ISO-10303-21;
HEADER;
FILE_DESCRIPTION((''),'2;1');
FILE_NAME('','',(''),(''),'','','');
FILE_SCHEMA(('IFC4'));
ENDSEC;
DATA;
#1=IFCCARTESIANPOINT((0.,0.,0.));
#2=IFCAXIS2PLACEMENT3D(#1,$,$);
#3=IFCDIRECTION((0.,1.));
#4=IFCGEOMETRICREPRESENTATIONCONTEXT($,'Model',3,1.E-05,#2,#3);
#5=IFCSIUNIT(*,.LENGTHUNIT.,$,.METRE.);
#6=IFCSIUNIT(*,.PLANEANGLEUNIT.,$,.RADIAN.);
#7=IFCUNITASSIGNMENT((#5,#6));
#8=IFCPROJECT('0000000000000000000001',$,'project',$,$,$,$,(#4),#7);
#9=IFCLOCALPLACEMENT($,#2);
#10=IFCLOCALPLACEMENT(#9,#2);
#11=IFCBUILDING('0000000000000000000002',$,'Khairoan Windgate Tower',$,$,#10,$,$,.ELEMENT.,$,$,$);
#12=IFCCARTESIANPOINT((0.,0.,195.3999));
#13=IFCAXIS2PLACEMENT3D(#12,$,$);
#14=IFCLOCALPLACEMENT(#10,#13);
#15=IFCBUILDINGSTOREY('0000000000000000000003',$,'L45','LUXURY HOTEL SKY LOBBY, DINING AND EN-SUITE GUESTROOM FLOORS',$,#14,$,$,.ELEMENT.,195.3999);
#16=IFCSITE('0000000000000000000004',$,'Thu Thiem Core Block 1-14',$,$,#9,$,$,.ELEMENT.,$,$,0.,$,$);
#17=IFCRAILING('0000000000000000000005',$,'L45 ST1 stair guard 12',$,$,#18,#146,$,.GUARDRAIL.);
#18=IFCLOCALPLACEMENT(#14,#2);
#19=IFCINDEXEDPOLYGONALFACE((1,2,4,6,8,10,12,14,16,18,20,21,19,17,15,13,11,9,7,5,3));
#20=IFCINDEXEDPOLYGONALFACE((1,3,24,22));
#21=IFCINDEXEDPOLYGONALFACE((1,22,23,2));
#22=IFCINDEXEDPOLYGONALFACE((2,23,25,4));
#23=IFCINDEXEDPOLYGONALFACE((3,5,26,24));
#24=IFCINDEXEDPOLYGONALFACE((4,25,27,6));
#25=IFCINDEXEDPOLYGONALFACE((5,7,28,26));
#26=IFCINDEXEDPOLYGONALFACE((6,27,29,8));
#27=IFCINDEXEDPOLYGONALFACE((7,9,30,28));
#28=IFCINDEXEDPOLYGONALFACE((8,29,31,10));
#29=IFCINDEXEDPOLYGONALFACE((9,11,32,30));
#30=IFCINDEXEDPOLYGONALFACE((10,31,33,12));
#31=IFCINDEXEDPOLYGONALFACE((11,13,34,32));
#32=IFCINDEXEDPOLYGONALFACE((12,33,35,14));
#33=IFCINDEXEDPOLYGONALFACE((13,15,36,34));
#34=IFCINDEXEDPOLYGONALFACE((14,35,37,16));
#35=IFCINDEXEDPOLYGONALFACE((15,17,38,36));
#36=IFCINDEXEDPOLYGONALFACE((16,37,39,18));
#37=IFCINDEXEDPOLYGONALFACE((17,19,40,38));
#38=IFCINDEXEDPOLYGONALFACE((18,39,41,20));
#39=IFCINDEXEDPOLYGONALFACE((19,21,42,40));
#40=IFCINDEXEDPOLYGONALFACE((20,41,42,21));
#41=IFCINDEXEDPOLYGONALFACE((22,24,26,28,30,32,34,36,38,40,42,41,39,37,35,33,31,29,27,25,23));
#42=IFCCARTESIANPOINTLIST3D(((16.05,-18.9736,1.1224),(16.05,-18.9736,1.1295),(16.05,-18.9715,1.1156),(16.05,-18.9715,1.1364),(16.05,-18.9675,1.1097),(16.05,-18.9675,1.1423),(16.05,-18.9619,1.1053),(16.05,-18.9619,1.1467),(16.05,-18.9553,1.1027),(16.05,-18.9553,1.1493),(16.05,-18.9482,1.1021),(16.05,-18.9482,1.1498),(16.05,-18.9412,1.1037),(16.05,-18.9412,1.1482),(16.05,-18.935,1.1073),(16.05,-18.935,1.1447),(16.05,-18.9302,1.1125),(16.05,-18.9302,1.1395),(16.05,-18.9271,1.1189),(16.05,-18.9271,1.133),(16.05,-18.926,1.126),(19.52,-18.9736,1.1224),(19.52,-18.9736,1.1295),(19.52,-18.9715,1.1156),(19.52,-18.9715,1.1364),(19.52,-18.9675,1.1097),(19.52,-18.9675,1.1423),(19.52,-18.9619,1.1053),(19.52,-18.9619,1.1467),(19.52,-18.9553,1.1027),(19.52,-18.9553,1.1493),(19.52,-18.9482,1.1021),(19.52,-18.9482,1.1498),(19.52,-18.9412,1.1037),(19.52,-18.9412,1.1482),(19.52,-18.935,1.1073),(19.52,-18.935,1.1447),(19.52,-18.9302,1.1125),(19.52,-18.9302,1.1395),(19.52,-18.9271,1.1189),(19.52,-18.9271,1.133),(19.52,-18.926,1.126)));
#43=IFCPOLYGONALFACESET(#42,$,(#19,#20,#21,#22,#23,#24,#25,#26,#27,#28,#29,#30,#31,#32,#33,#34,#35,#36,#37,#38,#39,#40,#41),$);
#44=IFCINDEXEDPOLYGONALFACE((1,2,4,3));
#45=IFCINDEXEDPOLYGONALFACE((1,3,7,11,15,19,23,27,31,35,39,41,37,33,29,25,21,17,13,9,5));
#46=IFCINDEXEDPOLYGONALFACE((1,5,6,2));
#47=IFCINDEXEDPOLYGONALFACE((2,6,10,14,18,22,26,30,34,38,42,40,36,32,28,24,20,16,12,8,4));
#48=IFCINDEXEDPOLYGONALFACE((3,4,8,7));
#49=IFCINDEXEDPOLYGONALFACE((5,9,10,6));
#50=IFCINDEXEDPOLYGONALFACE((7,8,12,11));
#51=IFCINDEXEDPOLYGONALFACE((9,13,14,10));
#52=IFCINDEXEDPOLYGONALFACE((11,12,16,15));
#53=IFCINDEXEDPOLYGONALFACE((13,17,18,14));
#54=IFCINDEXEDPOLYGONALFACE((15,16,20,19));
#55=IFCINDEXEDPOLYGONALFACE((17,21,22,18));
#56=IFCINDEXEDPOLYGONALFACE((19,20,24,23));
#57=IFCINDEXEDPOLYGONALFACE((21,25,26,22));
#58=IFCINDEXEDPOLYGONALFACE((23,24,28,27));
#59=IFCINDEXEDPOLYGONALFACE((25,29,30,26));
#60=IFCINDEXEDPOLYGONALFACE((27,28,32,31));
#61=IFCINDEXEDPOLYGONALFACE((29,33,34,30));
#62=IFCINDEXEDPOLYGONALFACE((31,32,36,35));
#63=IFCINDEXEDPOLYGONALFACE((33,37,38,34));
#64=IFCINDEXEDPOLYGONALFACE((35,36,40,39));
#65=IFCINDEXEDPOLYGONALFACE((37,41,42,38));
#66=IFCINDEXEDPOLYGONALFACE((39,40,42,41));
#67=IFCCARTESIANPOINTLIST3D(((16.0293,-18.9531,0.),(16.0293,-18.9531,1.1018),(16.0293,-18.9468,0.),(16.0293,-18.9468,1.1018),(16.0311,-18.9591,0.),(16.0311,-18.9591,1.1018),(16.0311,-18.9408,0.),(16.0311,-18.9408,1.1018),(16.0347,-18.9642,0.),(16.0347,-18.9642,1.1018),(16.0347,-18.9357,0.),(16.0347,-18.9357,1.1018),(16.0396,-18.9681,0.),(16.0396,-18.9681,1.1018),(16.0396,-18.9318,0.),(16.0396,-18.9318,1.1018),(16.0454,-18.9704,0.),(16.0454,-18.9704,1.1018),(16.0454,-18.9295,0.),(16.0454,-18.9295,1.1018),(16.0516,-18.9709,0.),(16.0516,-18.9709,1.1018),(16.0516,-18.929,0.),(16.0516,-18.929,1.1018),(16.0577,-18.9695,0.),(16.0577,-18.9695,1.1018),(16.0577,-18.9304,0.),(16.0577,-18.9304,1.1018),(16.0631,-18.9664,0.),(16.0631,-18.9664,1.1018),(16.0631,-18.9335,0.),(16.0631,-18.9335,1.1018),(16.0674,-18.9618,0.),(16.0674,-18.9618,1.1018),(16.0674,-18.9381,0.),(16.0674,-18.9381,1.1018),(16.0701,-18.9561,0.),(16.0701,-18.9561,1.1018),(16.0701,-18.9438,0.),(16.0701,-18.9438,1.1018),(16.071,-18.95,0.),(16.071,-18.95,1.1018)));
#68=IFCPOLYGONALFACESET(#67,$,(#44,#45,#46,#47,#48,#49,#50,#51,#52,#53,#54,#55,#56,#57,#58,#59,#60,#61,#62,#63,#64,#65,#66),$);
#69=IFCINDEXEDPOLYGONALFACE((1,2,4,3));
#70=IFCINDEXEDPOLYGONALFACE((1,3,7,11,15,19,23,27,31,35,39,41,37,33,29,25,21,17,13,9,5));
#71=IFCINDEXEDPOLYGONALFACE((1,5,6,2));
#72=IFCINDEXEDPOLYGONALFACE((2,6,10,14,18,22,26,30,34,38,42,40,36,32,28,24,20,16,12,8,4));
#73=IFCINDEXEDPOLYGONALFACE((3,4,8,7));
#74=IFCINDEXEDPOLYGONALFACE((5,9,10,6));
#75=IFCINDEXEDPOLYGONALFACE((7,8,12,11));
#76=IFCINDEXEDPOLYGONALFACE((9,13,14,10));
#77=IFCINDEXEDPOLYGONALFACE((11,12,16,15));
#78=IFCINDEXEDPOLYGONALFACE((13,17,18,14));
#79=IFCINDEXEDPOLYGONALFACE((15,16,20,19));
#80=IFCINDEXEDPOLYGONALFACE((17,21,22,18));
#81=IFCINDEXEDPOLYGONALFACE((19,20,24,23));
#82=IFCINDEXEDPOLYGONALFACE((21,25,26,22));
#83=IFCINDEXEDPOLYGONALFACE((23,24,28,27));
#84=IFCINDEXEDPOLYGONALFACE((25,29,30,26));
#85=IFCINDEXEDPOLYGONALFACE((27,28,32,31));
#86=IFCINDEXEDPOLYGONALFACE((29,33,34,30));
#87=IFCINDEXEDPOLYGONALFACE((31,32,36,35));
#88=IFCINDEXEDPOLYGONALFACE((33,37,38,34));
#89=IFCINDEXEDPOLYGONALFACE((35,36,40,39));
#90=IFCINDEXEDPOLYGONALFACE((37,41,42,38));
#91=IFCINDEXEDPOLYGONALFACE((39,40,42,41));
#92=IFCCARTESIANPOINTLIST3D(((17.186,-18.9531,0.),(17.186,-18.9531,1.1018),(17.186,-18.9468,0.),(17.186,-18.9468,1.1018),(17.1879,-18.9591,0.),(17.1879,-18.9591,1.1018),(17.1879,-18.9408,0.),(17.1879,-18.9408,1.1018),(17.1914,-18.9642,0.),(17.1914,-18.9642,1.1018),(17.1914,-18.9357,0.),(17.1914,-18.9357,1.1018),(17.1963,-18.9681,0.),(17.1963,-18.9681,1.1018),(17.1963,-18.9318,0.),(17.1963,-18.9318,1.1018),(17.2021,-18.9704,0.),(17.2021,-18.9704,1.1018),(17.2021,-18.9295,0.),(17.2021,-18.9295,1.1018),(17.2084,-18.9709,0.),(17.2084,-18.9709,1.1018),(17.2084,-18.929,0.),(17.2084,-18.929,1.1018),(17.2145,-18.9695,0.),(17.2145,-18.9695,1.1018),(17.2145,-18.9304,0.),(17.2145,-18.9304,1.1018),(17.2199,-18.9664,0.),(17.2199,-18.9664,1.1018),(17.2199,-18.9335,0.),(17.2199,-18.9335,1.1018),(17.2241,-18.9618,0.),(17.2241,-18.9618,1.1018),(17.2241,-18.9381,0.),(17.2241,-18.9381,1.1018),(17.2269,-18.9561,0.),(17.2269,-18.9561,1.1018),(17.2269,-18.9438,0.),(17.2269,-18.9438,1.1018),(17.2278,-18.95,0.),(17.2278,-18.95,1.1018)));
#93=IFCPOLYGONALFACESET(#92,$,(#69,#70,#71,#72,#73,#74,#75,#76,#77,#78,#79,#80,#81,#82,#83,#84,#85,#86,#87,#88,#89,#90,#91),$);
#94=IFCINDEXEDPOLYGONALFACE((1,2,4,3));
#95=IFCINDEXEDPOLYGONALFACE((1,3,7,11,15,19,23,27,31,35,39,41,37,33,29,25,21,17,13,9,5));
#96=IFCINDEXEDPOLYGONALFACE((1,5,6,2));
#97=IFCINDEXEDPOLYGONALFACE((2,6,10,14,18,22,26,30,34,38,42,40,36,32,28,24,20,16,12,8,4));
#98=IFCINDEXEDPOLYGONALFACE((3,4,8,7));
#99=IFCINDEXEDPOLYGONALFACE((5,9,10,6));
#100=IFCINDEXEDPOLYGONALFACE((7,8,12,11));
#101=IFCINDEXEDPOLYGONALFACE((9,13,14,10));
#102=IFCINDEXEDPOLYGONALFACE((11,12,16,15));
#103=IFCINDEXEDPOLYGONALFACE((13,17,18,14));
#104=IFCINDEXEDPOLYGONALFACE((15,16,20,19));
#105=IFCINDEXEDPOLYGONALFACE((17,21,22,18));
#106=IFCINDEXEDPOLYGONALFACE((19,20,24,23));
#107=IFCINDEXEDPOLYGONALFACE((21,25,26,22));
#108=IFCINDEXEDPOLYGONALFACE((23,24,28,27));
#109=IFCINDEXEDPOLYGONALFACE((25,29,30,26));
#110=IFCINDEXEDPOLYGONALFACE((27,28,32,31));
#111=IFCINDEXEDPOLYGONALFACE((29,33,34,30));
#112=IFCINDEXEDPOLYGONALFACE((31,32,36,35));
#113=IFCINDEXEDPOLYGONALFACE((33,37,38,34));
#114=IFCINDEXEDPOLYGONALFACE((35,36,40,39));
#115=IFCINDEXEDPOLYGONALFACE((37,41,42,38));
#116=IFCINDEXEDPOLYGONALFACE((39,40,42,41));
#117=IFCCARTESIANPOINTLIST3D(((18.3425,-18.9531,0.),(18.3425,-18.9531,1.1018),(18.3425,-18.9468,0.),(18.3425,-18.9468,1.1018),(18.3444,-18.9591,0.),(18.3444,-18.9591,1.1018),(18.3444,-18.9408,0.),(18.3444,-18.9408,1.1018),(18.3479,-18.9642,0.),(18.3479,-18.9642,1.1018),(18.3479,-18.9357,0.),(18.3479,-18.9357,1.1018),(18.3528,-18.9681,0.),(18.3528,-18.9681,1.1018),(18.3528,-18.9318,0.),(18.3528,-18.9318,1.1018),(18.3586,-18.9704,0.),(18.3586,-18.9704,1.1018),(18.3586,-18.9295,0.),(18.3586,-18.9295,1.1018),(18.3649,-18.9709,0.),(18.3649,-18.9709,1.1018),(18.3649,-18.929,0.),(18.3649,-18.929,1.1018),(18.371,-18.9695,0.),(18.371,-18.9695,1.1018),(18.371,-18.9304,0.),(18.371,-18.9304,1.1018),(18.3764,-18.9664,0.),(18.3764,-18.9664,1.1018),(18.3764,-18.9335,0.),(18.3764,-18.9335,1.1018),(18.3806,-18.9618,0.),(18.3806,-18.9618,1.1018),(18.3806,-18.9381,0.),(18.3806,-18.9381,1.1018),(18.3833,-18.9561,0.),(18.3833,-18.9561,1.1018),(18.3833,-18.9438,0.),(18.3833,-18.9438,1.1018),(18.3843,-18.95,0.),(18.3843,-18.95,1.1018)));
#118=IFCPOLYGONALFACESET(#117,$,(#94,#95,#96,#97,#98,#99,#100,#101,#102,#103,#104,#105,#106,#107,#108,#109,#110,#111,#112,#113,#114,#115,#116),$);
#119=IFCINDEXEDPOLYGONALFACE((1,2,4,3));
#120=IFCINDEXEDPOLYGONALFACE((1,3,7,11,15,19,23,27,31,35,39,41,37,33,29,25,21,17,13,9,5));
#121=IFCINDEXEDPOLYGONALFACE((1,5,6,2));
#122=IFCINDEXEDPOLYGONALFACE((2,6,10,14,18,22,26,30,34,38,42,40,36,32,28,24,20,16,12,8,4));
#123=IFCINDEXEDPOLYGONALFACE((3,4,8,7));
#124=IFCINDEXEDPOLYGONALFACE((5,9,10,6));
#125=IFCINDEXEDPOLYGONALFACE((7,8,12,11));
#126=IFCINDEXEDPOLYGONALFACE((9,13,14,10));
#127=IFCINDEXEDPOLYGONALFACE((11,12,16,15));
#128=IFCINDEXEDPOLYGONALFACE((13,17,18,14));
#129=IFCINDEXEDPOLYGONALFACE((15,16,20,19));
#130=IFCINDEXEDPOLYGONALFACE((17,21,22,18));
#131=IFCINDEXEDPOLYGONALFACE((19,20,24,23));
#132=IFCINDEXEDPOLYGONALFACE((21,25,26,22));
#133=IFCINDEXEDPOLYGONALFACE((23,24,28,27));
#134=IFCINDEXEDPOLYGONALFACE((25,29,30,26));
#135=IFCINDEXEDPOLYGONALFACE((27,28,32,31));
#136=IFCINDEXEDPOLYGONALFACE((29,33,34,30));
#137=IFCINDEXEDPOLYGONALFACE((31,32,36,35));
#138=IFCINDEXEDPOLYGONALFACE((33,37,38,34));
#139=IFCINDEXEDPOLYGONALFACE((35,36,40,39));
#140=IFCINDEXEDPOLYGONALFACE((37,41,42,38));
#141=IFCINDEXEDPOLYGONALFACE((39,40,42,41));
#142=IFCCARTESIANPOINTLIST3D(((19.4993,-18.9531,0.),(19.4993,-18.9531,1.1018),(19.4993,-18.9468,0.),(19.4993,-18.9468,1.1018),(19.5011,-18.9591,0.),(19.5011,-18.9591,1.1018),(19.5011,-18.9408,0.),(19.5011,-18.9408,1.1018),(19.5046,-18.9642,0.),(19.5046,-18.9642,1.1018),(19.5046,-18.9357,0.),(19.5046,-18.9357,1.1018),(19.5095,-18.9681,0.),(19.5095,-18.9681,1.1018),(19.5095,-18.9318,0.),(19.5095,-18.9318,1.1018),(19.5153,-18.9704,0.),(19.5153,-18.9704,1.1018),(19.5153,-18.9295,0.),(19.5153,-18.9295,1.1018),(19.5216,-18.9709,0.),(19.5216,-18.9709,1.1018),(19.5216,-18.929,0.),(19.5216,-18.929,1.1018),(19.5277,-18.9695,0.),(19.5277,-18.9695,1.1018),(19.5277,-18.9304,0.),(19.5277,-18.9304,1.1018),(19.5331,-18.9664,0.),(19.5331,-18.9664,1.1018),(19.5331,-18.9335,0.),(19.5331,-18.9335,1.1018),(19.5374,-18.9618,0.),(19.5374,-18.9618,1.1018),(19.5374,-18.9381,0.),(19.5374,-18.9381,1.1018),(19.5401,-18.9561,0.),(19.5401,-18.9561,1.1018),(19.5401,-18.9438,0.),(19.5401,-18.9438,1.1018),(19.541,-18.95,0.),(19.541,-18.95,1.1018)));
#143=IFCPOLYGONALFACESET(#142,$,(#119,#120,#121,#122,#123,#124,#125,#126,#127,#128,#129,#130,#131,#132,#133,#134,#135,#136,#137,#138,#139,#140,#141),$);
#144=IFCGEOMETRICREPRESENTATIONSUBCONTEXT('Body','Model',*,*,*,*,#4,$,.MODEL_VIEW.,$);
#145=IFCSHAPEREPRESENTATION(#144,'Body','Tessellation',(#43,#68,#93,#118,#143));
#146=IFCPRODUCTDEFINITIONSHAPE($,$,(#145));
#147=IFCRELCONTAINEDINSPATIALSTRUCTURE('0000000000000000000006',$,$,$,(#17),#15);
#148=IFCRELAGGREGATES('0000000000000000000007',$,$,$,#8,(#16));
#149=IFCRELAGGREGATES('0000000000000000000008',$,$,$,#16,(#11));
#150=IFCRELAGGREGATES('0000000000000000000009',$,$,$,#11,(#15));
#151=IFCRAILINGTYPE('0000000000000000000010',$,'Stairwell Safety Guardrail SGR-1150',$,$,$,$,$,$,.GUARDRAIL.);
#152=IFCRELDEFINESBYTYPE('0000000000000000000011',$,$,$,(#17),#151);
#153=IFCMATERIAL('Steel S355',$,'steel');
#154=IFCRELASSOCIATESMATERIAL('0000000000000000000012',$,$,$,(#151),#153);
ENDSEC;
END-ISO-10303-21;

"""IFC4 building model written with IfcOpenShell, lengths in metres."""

from ifc_helpers import new_model, si_unit, direction, frame, origin, origin_2d, place, context, subcontext, project, spatial, circle, extrude, material, type_object, element, save


model = new_model("IFC4")

# Units and contexts
model_context = context("Model", 3, precision=1e-05, world=origin(), true_north=direction((0.0, 1.0)))
body_context = subcontext(model_context, "Body", "Model", "MODEL_VIEW")
ifc_project = project(units=[si_unit("LENGTHUNIT", "METRE"), si_unit("PLANEANGLEUNIT", "RADIAN")], contexts=[model_context])

# Site, building, storey
site_placement = place(None, origin())
site = spatial("IfcSite", under=ifc_project, at=site_placement, Name="Thu Thiem Core Block 1-14", CompositionType="ELEMENT", RefElevation=0.0)
building_placement = place(site_placement, origin())
building = spatial("IfcBuilding", under=site, at=building_placement, Name="Khairoan Windgate Tower", CompositionType="ELEMENT")
storey_placement = place(building_placement, frame((0.0, 0.0, 195.3999)))
storey = spatial("IfcBuildingStorey", under=building, at=storey_placement, Name="L45", Description="LUXURY HOTEL SKY LOBBY, DINING AND EN-SUITE GUESTROOM FLOORS", CompositionType="ELEMENT", Elevation=195.3999)

# Railing
ifc_material_1 = material(Name="Steel S355", Category="steel")
railing_type_1 = type_object("IfcRailingType", Name="Stairwell Safety Guardrail SGR-1150", PredefinedType="GUARDRAIL", material=ifc_material_1)
railing_1_placement = place(storey_placement, frame((16.05, -18.95, 0.0)))
element("IfcRailing", 1, at=railing_1_placement, inside=storey, type_object=railing_type_1, Name="L45 ST1 stair guard 12", PredefinedType="GUARDRAIL", context=body_context, shape_type="SweptSolid", body=[
    extrude(circle(Radius=0.0239, at=origin_2d()), frame((0.0, 0.0, 1.126), z_axis=(1.0, 0.0, 0.0), x_axis=(0.0, 1.0, 0.0)), (0.0, 0.0, 1.0), 3.47),
    extrude(circle(Radius=0.021, at=origin_2d()), origin(), (0.0, 0.0, 1.0), 1.1018),
    extrude(circle(Radius=0.021, at=origin_2d()), frame((1.1567, 0.0, 0.0)), (0.0, 0.0, 1.0), 1.1018),
    extrude(circle(Radius=0.021, at=origin_2d()), frame((2.3132, 0.0, 0.0)), (0.0, 0.0, 1.0), 1.1018),
    extrude(circle(Radius=0.021, at=origin_2d()), frame((3.47, 0.0, 0.0)), (0.0, 0.0, 1.0), 1.1018),
])

save(model, "model.ifc")
